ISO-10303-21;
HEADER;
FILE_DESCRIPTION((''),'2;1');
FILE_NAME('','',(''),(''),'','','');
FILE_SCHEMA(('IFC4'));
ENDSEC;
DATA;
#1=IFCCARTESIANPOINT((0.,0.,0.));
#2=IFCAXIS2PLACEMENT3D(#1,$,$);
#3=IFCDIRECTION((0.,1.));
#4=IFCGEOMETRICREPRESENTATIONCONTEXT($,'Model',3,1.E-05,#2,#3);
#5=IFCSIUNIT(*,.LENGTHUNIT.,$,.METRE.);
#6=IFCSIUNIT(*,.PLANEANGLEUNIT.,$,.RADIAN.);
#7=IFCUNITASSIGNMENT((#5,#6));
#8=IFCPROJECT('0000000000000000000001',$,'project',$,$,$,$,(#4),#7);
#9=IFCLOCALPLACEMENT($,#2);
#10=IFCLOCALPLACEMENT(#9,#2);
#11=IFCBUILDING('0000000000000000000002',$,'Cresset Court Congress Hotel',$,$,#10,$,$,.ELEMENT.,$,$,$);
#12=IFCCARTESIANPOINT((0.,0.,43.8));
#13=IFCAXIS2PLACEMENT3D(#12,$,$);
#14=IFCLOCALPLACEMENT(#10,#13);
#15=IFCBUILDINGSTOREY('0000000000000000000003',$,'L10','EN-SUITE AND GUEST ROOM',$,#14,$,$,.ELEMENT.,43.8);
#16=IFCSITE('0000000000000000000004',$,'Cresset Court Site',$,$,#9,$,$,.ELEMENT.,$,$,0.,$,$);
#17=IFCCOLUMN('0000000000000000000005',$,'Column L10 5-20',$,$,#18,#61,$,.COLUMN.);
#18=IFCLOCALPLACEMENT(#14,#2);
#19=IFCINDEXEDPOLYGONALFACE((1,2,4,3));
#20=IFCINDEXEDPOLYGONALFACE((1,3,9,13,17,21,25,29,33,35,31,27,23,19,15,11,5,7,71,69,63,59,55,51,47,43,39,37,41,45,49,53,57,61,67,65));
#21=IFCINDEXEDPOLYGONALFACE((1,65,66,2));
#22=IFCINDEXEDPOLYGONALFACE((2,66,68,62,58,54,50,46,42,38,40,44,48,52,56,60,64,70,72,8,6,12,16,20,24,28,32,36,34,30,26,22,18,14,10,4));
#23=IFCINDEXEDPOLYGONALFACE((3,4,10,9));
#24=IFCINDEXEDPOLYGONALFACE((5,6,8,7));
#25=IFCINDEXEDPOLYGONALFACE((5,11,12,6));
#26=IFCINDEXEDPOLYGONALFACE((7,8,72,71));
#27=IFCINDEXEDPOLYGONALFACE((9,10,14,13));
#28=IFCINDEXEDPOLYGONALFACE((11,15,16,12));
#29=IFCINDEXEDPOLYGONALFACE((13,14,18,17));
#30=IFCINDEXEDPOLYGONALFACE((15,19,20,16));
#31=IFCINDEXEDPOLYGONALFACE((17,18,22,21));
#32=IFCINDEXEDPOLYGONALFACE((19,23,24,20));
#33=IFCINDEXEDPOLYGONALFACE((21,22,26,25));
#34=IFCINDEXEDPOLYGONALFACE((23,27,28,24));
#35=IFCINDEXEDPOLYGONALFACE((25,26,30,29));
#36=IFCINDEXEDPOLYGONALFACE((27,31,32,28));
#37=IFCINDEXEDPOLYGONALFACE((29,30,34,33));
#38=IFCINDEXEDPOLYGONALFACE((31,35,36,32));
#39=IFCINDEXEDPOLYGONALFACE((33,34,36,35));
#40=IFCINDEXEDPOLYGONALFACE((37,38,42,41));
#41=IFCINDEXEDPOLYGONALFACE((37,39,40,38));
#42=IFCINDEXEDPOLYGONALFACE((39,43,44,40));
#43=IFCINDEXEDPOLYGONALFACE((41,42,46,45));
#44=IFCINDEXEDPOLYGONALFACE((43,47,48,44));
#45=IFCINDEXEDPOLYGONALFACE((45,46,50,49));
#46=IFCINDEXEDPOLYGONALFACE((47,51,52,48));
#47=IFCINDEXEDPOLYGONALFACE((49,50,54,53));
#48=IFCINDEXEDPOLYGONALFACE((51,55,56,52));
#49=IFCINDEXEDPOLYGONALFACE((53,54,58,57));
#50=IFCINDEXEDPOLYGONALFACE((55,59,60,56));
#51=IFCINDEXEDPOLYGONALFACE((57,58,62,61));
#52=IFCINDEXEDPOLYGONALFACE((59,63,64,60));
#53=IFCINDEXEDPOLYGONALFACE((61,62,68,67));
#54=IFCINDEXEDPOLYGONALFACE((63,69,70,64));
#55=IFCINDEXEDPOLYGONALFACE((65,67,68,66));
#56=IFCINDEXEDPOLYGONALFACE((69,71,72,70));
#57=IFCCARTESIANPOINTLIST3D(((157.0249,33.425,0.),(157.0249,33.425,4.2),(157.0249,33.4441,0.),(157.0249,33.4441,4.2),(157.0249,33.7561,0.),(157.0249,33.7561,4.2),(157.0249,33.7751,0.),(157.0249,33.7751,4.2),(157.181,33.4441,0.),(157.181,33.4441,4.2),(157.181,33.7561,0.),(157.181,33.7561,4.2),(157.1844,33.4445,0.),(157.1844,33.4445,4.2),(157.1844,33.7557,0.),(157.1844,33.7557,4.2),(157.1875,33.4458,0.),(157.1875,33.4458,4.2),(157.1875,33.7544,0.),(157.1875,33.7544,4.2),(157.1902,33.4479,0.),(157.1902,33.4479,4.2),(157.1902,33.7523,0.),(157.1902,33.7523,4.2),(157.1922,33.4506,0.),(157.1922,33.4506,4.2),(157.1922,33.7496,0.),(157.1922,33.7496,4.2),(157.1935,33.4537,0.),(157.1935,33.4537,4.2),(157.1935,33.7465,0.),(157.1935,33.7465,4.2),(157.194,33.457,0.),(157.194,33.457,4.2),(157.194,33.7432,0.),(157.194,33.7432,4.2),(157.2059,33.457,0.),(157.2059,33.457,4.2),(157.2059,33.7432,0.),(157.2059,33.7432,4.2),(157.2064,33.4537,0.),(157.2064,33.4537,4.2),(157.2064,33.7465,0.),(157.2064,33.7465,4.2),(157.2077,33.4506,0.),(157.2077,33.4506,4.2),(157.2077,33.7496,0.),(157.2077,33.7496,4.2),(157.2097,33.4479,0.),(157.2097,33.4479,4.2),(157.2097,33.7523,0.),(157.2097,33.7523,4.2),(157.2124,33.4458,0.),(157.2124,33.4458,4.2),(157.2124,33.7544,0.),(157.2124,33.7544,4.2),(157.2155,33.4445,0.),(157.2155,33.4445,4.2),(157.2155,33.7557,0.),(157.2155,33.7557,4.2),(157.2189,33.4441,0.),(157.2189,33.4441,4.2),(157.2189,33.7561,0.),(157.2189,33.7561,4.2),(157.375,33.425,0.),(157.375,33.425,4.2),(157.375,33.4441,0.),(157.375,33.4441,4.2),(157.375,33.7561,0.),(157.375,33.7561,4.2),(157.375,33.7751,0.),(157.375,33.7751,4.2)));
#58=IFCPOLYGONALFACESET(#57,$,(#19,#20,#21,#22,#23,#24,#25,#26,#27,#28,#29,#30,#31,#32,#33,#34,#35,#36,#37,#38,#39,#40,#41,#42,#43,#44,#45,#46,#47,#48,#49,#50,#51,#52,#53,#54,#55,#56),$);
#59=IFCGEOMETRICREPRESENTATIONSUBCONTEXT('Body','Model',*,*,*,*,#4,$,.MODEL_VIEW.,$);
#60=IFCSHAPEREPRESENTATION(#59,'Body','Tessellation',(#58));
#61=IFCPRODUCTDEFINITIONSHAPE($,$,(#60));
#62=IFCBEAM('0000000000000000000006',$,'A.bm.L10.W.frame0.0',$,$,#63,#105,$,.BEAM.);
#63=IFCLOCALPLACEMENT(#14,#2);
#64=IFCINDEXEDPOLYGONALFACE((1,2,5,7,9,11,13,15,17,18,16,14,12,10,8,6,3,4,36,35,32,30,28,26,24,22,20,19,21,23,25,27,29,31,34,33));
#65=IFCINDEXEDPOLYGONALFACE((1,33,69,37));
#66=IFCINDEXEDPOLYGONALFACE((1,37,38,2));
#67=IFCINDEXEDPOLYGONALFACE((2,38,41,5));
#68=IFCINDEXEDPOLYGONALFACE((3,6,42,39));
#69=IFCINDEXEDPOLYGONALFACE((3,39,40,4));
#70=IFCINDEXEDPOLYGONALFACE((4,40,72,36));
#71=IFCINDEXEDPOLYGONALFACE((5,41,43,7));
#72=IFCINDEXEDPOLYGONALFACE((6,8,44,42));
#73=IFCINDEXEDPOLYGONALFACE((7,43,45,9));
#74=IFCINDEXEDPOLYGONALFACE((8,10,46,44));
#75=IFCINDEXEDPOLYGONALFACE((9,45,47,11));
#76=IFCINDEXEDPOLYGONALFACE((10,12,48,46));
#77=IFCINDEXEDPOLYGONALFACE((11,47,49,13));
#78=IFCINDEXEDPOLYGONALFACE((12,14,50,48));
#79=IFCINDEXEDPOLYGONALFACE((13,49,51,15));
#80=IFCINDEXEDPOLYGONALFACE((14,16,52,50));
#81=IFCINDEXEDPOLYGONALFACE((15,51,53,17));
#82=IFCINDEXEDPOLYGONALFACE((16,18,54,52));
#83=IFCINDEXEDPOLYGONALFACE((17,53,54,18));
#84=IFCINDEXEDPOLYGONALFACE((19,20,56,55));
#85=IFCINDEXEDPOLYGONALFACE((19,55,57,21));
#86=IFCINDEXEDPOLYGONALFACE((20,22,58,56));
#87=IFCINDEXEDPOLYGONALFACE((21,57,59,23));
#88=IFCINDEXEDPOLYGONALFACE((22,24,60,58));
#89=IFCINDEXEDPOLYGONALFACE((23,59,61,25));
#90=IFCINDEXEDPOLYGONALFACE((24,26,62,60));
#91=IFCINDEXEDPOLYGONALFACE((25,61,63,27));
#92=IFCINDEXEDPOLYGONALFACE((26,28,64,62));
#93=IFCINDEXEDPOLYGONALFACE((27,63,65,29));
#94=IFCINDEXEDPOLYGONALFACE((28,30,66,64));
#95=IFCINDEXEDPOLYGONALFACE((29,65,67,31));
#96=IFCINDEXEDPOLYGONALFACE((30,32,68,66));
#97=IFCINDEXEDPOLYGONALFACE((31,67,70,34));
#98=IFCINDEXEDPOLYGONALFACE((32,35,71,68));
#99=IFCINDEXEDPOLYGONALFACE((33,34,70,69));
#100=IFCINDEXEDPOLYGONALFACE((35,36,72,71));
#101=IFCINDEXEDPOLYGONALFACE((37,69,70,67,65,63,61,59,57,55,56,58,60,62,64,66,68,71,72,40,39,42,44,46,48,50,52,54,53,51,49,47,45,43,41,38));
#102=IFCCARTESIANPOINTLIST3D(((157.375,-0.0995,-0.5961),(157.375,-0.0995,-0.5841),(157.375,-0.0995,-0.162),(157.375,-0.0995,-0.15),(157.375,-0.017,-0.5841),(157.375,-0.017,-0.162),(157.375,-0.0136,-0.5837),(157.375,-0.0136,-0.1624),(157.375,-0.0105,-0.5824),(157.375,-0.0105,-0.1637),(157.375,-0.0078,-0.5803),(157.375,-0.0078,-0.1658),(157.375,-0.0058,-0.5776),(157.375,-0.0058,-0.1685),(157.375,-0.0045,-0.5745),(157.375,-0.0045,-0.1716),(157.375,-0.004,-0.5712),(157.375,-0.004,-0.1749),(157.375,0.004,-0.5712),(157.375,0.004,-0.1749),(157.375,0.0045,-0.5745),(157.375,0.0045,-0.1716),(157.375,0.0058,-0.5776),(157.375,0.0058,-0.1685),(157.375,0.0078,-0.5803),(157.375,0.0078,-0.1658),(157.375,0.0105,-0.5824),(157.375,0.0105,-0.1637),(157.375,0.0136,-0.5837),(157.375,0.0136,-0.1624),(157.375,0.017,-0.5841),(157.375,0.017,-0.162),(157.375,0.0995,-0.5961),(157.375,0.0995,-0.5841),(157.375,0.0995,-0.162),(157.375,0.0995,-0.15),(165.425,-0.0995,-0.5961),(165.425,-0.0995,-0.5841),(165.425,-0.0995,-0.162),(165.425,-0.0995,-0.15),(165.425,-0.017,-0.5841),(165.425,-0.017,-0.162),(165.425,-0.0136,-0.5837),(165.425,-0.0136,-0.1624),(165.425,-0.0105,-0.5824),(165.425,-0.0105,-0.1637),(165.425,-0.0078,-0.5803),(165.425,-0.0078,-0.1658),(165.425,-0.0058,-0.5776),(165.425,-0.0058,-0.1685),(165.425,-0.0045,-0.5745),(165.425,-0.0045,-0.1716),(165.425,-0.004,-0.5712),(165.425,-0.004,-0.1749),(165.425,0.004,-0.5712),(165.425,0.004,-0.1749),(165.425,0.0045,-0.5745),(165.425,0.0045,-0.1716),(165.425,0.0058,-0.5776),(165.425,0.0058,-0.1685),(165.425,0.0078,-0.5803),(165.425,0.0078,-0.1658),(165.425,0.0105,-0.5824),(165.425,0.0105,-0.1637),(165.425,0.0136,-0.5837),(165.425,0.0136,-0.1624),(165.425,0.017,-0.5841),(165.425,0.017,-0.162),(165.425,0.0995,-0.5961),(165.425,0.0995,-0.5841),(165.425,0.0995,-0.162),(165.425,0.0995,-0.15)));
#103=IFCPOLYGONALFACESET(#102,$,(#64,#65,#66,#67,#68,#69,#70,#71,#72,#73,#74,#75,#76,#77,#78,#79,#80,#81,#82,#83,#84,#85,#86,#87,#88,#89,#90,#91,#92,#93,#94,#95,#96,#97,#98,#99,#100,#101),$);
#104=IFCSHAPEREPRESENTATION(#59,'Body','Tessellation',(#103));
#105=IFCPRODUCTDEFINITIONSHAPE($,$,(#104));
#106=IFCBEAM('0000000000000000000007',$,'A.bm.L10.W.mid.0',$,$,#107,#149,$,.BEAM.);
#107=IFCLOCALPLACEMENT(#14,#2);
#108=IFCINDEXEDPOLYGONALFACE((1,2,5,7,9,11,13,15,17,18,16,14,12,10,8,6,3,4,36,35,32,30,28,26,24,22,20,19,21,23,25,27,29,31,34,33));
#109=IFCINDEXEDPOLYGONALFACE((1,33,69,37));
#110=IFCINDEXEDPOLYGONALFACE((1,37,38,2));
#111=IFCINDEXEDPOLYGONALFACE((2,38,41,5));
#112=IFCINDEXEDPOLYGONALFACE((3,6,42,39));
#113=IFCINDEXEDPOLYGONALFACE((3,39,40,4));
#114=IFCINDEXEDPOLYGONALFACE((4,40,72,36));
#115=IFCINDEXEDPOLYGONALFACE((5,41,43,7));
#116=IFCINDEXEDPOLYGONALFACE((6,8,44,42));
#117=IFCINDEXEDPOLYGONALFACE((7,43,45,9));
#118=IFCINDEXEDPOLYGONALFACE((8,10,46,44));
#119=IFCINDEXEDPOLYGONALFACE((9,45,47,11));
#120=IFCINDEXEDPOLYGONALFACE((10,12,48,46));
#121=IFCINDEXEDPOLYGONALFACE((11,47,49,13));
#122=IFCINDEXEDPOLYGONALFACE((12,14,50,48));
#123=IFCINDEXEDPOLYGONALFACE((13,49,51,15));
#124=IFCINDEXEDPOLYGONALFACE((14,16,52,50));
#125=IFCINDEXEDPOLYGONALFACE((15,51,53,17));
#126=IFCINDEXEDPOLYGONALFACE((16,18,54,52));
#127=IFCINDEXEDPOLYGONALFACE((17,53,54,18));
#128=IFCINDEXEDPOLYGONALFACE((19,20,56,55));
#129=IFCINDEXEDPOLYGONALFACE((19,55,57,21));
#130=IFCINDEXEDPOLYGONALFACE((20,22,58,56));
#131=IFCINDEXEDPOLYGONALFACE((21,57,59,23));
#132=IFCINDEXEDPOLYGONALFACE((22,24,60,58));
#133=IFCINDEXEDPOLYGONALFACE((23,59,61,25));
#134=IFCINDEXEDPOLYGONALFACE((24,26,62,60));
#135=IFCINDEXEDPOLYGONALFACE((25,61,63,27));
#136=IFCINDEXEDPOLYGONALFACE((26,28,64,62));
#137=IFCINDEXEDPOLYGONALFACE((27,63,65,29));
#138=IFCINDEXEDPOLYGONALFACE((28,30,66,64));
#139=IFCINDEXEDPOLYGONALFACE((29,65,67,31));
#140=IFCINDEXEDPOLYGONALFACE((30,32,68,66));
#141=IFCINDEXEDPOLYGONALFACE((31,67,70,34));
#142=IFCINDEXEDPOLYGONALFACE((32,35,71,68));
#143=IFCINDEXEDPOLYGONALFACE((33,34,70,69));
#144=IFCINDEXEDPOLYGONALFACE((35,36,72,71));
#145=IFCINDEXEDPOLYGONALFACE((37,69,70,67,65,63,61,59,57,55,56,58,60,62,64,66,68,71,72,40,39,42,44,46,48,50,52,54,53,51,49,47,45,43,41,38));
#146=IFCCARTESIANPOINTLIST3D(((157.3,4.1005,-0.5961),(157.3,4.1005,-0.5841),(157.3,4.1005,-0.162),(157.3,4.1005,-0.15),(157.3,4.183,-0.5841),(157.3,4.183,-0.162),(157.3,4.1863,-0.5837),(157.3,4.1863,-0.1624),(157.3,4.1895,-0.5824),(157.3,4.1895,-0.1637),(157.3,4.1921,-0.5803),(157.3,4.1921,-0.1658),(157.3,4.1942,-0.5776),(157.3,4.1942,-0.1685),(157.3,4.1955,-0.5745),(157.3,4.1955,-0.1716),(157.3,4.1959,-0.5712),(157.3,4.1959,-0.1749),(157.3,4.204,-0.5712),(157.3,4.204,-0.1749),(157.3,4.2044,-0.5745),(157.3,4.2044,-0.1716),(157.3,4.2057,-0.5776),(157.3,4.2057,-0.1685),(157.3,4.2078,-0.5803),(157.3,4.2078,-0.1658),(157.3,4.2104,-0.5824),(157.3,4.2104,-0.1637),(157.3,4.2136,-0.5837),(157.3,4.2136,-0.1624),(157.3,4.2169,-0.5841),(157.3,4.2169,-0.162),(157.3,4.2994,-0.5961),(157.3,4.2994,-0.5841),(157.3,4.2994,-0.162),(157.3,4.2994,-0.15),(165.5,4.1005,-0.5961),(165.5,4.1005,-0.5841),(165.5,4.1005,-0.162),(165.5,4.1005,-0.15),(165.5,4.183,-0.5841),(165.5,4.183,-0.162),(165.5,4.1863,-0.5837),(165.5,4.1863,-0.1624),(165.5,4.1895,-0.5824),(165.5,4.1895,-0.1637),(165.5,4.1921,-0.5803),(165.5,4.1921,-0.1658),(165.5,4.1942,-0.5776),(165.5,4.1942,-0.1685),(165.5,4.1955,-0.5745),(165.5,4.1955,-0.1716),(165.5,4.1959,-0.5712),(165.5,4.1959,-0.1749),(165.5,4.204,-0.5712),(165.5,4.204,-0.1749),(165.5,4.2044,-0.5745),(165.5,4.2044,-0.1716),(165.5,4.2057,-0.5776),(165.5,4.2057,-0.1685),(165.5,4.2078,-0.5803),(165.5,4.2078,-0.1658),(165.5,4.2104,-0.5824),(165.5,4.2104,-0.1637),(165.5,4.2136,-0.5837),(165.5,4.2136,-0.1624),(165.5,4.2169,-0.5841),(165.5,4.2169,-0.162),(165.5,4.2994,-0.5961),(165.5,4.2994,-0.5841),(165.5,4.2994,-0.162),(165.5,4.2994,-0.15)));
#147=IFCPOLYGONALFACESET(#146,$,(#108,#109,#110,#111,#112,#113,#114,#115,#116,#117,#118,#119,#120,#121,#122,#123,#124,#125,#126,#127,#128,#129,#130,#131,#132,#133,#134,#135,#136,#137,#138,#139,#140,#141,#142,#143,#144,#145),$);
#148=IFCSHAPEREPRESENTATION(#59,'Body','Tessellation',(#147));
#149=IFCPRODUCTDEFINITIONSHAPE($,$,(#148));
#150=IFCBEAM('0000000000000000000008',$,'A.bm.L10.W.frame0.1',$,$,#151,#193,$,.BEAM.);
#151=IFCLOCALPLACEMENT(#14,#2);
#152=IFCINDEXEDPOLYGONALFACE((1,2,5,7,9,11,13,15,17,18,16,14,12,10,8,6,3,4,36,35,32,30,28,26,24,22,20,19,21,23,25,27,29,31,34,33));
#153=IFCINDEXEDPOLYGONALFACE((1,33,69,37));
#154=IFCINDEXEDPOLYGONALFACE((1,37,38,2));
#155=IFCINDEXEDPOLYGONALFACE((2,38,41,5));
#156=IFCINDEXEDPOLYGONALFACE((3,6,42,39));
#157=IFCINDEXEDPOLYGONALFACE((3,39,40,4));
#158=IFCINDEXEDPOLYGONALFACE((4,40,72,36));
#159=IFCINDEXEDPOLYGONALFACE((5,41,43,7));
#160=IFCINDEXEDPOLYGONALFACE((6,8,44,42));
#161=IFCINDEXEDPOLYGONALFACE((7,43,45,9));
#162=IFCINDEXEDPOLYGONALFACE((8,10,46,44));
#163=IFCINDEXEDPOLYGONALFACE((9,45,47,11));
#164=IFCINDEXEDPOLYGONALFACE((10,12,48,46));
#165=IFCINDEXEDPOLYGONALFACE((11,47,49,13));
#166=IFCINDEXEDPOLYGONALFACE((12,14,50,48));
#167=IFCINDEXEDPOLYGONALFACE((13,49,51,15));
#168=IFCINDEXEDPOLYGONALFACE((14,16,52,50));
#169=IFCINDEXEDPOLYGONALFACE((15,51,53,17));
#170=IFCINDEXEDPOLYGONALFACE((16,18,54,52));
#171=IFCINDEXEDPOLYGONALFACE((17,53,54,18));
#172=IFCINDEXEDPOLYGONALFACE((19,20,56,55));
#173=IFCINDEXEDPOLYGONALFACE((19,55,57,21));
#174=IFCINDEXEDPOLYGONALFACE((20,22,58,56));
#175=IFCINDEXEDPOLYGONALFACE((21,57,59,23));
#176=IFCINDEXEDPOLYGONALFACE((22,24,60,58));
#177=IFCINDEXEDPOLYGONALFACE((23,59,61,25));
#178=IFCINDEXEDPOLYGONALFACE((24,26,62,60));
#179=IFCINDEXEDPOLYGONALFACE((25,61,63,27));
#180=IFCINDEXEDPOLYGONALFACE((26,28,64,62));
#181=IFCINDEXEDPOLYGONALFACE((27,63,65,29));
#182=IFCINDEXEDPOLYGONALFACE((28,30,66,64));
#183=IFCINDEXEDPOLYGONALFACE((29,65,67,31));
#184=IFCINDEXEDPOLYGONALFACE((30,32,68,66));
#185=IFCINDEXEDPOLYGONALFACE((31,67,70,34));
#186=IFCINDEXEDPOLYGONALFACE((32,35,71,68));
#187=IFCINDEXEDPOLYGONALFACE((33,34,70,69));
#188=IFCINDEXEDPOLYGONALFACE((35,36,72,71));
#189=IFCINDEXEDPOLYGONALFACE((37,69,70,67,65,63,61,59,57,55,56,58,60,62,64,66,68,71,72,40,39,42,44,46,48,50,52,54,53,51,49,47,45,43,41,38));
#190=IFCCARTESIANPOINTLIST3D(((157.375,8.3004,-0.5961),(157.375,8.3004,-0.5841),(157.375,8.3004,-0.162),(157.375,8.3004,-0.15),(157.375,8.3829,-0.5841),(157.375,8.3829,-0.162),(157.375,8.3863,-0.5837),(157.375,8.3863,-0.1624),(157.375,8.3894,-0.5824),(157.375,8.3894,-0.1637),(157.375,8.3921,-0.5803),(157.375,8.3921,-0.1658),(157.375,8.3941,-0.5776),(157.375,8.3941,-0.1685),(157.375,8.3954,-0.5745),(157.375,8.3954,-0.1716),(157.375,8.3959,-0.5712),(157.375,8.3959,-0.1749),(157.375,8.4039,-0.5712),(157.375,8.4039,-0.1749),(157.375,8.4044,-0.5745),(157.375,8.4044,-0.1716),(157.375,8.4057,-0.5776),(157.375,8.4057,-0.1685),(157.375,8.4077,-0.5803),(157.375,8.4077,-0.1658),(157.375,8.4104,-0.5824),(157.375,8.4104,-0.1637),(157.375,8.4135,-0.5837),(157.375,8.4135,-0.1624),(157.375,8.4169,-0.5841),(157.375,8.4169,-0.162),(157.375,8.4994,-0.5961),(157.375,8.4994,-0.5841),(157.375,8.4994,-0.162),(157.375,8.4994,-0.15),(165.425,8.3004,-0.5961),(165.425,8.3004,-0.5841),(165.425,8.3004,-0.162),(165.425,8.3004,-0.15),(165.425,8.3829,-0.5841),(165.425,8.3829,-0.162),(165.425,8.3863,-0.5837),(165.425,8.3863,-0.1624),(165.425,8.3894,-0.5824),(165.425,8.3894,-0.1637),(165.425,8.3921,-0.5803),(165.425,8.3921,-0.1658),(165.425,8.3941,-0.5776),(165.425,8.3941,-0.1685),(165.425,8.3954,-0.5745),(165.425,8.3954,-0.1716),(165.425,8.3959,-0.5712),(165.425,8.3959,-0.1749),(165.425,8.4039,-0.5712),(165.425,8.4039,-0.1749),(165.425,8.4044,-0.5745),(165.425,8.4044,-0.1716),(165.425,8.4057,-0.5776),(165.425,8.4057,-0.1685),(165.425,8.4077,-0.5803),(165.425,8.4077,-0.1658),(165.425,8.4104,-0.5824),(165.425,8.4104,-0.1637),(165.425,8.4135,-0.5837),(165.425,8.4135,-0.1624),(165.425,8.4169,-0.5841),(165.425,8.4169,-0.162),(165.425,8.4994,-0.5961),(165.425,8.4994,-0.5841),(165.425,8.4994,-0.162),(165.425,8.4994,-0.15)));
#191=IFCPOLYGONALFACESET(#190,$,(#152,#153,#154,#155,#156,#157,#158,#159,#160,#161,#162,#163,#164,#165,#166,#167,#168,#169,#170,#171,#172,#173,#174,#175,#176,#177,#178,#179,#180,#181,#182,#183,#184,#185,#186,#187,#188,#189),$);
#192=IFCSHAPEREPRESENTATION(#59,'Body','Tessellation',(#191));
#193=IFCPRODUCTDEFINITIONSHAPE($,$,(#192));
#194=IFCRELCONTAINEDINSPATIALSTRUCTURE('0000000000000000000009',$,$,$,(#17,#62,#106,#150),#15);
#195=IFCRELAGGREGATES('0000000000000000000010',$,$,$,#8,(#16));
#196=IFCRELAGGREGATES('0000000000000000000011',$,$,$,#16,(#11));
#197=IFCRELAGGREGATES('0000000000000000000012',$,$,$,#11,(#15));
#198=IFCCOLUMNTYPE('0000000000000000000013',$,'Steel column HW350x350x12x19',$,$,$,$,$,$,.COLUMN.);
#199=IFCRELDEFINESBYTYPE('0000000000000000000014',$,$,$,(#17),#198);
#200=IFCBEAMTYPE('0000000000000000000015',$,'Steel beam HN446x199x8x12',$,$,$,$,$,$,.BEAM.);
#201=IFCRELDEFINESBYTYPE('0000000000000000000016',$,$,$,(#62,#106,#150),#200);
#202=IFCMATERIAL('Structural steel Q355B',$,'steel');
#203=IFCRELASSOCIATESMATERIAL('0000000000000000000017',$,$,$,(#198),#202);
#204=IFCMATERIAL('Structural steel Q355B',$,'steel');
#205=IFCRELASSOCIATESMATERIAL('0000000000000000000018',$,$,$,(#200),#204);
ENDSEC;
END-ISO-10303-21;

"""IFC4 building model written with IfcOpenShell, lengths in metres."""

from ifc_helpers import new_model, si_unit, direction, frame, origin, origin_2d, place, context, subcontext, project, spatial, i_section, extrude, material, material_profile, profile_set, type_object, element, save


model = new_model("IFC4")

# Units and contexts
model_context = context("Model", 3, precision=1e-05, world=origin(), true_north=direction((0.0, 1.0)))
body_context = subcontext(model_context, "Body", "Model", "MODEL_VIEW")
ifc_project = project(units=[si_unit("LENGTHUNIT", "METRE"), si_unit("PLANEANGLEUNIT", "RADIAN")], contexts=[model_context])

# Site, building, storey
site_placement = place(None, origin())
site = spatial("IfcSite", under=ifc_project, at=site_placement, Name="Cresset Court Site", CompositionType="ELEMENT", RefElevation=0.0)
building_placement = place(site_placement, origin())
building = spatial("IfcBuilding", under=site, at=building_placement, Name="Cresset Court Congress Hotel", CompositionType="ELEMENT")
storey_placement = place(building_placement, frame((0.0, 0.0, 43.8)))
storey = spatial("IfcBuildingStorey", under=building, at=storey_placement, Name="L10", Description="EN-SUITE AND GUEST ROOM", CompositionType="ELEMENT", Elevation=43.8)

# Column
ifc_material_1 = material(Name="Structural steel Q355B", Category="steel")
ifc_material_profile_1 = material_profile(ifc_material_1, i_section(OverallWidth=0.3501, OverallDepth=0.3501, WebThickness=0.012, FlangeThickness=0.019, FilletRadius=0.0129, at=origin_2d()), Name="HW350x350x12x19")
ifc_profile_set_1 = profile_set([ifc_material_profile_1], Name="Structural steel Q355B")
column_type = type_object("IfcColumnType", Name="Steel column HW350x350x12x19", PredefinedType="COLUMN", material=ifc_profile_set_1)
for number, where, z_axis, x_axis, name in (
    (1, (157.2, 33.6001, 0.0), (0.0, 0.0, 1.0), (1.0, 0.0, 0.0), "Column L10 5-20"),
):
    element("IfcColumn", number, at=place(storey_placement, frame(where, z_axis=z_axis, x_axis=x_axis)), inside=storey, type_object=column_type, Name=name, PredefinedType="COLUMN", context=body_context, shape_type="SweptSolid", body=[
        extrude(i_section(OverallWidth=0.3501, OverallDepth=0.3501, WebThickness=0.012, FlangeThickness=0.019, FilletRadius=0.0129, at=origin_2d()), origin(), (0.0, 0.0, 1.0), 4.2),
    ])

# Beams
ifc_material_2 = material(Name="Structural steel Q355B", Category="steel")
ifc_material_profile_2 = material_profile(ifc_material_2, i_section(OverallWidth=0.199, OverallDepth=0.446, WebThickness=0.0081, FlangeThickness=0.012, FilletRadius=0.0129, at=origin_2d()), Name="HN446x199x8x12")
ifc_profile_set_2 = profile_set([ifc_material_profile_2], Name="Structural steel Q355B")
beam_type_1 = type_object("IfcBeamType", Name="Steel beam HN446x199x8x12", PredefinedType="BEAM", material=ifc_profile_set_2)
beam_1_placement = place(storey_placement, frame((157.375, 0.0, -0.373), z_axis=(1.0, 0.0, 0.0), x_axis=(0.0, 1.0, 0.0)))
element("IfcBeam", 2, at=beam_1_placement, inside=storey, type_object=beam_type_1, Name="A.bm.L10.W.frame0.0", PredefinedType="BEAM", context=body_context, shape_type="SweptSolid", body=[
    extrude(i_section(OverallWidth=0.199, OverallDepth=0.446, WebThickness=0.0081, FlangeThickness=0.012, FilletRadius=0.0129, at=origin_2d()), origin(), (0.0, 0.0, 1.0), 8.05),
])
beam_2_placement = place(storey_placement, frame((157.3, 4.2, -0.373), z_axis=(1.0, 0.0, 0.0), x_axis=(0.0, 1.0, 0.0)))
element("IfcBeam", 3, at=beam_2_placement, inside=storey, type_object=beam_type_1, Name="A.bm.L10.W.mid.0", PredefinedType="BEAM", context=body_context, shape_type="SweptSolid", body=[
    extrude(i_section(OverallWidth=0.199, OverallDepth=0.446, WebThickness=0.0081, FlangeThickness=0.012, FilletRadius=0.0129, at=origin_2d()), origin(), (0.0, 0.0, 1.0), 8.2),
])
beam_3_placement = place(storey_placement, frame((157.375, 8.3999, -0.373), z_axis=(1.0, 0.0, 0.0), x_axis=(0.0, 1.0, 0.0)))
element("IfcBeam", 4, at=beam_3_placement, inside=storey, type_object=beam_type_1, Name="A.bm.L10.W.frame0.1", PredefinedType="BEAM", context=body_context, shape_type="SweptSolid", body=[
    extrude(i_section(OverallWidth=0.199, OverallDepth=0.446, WebThickness=0.0081, FlangeThickness=0.012, FilletRadius=0.0129, at=origin_2d()), origin(), (0.0, 0.0, 1.0), 8.05),
])

save(model, "model.ifc")
